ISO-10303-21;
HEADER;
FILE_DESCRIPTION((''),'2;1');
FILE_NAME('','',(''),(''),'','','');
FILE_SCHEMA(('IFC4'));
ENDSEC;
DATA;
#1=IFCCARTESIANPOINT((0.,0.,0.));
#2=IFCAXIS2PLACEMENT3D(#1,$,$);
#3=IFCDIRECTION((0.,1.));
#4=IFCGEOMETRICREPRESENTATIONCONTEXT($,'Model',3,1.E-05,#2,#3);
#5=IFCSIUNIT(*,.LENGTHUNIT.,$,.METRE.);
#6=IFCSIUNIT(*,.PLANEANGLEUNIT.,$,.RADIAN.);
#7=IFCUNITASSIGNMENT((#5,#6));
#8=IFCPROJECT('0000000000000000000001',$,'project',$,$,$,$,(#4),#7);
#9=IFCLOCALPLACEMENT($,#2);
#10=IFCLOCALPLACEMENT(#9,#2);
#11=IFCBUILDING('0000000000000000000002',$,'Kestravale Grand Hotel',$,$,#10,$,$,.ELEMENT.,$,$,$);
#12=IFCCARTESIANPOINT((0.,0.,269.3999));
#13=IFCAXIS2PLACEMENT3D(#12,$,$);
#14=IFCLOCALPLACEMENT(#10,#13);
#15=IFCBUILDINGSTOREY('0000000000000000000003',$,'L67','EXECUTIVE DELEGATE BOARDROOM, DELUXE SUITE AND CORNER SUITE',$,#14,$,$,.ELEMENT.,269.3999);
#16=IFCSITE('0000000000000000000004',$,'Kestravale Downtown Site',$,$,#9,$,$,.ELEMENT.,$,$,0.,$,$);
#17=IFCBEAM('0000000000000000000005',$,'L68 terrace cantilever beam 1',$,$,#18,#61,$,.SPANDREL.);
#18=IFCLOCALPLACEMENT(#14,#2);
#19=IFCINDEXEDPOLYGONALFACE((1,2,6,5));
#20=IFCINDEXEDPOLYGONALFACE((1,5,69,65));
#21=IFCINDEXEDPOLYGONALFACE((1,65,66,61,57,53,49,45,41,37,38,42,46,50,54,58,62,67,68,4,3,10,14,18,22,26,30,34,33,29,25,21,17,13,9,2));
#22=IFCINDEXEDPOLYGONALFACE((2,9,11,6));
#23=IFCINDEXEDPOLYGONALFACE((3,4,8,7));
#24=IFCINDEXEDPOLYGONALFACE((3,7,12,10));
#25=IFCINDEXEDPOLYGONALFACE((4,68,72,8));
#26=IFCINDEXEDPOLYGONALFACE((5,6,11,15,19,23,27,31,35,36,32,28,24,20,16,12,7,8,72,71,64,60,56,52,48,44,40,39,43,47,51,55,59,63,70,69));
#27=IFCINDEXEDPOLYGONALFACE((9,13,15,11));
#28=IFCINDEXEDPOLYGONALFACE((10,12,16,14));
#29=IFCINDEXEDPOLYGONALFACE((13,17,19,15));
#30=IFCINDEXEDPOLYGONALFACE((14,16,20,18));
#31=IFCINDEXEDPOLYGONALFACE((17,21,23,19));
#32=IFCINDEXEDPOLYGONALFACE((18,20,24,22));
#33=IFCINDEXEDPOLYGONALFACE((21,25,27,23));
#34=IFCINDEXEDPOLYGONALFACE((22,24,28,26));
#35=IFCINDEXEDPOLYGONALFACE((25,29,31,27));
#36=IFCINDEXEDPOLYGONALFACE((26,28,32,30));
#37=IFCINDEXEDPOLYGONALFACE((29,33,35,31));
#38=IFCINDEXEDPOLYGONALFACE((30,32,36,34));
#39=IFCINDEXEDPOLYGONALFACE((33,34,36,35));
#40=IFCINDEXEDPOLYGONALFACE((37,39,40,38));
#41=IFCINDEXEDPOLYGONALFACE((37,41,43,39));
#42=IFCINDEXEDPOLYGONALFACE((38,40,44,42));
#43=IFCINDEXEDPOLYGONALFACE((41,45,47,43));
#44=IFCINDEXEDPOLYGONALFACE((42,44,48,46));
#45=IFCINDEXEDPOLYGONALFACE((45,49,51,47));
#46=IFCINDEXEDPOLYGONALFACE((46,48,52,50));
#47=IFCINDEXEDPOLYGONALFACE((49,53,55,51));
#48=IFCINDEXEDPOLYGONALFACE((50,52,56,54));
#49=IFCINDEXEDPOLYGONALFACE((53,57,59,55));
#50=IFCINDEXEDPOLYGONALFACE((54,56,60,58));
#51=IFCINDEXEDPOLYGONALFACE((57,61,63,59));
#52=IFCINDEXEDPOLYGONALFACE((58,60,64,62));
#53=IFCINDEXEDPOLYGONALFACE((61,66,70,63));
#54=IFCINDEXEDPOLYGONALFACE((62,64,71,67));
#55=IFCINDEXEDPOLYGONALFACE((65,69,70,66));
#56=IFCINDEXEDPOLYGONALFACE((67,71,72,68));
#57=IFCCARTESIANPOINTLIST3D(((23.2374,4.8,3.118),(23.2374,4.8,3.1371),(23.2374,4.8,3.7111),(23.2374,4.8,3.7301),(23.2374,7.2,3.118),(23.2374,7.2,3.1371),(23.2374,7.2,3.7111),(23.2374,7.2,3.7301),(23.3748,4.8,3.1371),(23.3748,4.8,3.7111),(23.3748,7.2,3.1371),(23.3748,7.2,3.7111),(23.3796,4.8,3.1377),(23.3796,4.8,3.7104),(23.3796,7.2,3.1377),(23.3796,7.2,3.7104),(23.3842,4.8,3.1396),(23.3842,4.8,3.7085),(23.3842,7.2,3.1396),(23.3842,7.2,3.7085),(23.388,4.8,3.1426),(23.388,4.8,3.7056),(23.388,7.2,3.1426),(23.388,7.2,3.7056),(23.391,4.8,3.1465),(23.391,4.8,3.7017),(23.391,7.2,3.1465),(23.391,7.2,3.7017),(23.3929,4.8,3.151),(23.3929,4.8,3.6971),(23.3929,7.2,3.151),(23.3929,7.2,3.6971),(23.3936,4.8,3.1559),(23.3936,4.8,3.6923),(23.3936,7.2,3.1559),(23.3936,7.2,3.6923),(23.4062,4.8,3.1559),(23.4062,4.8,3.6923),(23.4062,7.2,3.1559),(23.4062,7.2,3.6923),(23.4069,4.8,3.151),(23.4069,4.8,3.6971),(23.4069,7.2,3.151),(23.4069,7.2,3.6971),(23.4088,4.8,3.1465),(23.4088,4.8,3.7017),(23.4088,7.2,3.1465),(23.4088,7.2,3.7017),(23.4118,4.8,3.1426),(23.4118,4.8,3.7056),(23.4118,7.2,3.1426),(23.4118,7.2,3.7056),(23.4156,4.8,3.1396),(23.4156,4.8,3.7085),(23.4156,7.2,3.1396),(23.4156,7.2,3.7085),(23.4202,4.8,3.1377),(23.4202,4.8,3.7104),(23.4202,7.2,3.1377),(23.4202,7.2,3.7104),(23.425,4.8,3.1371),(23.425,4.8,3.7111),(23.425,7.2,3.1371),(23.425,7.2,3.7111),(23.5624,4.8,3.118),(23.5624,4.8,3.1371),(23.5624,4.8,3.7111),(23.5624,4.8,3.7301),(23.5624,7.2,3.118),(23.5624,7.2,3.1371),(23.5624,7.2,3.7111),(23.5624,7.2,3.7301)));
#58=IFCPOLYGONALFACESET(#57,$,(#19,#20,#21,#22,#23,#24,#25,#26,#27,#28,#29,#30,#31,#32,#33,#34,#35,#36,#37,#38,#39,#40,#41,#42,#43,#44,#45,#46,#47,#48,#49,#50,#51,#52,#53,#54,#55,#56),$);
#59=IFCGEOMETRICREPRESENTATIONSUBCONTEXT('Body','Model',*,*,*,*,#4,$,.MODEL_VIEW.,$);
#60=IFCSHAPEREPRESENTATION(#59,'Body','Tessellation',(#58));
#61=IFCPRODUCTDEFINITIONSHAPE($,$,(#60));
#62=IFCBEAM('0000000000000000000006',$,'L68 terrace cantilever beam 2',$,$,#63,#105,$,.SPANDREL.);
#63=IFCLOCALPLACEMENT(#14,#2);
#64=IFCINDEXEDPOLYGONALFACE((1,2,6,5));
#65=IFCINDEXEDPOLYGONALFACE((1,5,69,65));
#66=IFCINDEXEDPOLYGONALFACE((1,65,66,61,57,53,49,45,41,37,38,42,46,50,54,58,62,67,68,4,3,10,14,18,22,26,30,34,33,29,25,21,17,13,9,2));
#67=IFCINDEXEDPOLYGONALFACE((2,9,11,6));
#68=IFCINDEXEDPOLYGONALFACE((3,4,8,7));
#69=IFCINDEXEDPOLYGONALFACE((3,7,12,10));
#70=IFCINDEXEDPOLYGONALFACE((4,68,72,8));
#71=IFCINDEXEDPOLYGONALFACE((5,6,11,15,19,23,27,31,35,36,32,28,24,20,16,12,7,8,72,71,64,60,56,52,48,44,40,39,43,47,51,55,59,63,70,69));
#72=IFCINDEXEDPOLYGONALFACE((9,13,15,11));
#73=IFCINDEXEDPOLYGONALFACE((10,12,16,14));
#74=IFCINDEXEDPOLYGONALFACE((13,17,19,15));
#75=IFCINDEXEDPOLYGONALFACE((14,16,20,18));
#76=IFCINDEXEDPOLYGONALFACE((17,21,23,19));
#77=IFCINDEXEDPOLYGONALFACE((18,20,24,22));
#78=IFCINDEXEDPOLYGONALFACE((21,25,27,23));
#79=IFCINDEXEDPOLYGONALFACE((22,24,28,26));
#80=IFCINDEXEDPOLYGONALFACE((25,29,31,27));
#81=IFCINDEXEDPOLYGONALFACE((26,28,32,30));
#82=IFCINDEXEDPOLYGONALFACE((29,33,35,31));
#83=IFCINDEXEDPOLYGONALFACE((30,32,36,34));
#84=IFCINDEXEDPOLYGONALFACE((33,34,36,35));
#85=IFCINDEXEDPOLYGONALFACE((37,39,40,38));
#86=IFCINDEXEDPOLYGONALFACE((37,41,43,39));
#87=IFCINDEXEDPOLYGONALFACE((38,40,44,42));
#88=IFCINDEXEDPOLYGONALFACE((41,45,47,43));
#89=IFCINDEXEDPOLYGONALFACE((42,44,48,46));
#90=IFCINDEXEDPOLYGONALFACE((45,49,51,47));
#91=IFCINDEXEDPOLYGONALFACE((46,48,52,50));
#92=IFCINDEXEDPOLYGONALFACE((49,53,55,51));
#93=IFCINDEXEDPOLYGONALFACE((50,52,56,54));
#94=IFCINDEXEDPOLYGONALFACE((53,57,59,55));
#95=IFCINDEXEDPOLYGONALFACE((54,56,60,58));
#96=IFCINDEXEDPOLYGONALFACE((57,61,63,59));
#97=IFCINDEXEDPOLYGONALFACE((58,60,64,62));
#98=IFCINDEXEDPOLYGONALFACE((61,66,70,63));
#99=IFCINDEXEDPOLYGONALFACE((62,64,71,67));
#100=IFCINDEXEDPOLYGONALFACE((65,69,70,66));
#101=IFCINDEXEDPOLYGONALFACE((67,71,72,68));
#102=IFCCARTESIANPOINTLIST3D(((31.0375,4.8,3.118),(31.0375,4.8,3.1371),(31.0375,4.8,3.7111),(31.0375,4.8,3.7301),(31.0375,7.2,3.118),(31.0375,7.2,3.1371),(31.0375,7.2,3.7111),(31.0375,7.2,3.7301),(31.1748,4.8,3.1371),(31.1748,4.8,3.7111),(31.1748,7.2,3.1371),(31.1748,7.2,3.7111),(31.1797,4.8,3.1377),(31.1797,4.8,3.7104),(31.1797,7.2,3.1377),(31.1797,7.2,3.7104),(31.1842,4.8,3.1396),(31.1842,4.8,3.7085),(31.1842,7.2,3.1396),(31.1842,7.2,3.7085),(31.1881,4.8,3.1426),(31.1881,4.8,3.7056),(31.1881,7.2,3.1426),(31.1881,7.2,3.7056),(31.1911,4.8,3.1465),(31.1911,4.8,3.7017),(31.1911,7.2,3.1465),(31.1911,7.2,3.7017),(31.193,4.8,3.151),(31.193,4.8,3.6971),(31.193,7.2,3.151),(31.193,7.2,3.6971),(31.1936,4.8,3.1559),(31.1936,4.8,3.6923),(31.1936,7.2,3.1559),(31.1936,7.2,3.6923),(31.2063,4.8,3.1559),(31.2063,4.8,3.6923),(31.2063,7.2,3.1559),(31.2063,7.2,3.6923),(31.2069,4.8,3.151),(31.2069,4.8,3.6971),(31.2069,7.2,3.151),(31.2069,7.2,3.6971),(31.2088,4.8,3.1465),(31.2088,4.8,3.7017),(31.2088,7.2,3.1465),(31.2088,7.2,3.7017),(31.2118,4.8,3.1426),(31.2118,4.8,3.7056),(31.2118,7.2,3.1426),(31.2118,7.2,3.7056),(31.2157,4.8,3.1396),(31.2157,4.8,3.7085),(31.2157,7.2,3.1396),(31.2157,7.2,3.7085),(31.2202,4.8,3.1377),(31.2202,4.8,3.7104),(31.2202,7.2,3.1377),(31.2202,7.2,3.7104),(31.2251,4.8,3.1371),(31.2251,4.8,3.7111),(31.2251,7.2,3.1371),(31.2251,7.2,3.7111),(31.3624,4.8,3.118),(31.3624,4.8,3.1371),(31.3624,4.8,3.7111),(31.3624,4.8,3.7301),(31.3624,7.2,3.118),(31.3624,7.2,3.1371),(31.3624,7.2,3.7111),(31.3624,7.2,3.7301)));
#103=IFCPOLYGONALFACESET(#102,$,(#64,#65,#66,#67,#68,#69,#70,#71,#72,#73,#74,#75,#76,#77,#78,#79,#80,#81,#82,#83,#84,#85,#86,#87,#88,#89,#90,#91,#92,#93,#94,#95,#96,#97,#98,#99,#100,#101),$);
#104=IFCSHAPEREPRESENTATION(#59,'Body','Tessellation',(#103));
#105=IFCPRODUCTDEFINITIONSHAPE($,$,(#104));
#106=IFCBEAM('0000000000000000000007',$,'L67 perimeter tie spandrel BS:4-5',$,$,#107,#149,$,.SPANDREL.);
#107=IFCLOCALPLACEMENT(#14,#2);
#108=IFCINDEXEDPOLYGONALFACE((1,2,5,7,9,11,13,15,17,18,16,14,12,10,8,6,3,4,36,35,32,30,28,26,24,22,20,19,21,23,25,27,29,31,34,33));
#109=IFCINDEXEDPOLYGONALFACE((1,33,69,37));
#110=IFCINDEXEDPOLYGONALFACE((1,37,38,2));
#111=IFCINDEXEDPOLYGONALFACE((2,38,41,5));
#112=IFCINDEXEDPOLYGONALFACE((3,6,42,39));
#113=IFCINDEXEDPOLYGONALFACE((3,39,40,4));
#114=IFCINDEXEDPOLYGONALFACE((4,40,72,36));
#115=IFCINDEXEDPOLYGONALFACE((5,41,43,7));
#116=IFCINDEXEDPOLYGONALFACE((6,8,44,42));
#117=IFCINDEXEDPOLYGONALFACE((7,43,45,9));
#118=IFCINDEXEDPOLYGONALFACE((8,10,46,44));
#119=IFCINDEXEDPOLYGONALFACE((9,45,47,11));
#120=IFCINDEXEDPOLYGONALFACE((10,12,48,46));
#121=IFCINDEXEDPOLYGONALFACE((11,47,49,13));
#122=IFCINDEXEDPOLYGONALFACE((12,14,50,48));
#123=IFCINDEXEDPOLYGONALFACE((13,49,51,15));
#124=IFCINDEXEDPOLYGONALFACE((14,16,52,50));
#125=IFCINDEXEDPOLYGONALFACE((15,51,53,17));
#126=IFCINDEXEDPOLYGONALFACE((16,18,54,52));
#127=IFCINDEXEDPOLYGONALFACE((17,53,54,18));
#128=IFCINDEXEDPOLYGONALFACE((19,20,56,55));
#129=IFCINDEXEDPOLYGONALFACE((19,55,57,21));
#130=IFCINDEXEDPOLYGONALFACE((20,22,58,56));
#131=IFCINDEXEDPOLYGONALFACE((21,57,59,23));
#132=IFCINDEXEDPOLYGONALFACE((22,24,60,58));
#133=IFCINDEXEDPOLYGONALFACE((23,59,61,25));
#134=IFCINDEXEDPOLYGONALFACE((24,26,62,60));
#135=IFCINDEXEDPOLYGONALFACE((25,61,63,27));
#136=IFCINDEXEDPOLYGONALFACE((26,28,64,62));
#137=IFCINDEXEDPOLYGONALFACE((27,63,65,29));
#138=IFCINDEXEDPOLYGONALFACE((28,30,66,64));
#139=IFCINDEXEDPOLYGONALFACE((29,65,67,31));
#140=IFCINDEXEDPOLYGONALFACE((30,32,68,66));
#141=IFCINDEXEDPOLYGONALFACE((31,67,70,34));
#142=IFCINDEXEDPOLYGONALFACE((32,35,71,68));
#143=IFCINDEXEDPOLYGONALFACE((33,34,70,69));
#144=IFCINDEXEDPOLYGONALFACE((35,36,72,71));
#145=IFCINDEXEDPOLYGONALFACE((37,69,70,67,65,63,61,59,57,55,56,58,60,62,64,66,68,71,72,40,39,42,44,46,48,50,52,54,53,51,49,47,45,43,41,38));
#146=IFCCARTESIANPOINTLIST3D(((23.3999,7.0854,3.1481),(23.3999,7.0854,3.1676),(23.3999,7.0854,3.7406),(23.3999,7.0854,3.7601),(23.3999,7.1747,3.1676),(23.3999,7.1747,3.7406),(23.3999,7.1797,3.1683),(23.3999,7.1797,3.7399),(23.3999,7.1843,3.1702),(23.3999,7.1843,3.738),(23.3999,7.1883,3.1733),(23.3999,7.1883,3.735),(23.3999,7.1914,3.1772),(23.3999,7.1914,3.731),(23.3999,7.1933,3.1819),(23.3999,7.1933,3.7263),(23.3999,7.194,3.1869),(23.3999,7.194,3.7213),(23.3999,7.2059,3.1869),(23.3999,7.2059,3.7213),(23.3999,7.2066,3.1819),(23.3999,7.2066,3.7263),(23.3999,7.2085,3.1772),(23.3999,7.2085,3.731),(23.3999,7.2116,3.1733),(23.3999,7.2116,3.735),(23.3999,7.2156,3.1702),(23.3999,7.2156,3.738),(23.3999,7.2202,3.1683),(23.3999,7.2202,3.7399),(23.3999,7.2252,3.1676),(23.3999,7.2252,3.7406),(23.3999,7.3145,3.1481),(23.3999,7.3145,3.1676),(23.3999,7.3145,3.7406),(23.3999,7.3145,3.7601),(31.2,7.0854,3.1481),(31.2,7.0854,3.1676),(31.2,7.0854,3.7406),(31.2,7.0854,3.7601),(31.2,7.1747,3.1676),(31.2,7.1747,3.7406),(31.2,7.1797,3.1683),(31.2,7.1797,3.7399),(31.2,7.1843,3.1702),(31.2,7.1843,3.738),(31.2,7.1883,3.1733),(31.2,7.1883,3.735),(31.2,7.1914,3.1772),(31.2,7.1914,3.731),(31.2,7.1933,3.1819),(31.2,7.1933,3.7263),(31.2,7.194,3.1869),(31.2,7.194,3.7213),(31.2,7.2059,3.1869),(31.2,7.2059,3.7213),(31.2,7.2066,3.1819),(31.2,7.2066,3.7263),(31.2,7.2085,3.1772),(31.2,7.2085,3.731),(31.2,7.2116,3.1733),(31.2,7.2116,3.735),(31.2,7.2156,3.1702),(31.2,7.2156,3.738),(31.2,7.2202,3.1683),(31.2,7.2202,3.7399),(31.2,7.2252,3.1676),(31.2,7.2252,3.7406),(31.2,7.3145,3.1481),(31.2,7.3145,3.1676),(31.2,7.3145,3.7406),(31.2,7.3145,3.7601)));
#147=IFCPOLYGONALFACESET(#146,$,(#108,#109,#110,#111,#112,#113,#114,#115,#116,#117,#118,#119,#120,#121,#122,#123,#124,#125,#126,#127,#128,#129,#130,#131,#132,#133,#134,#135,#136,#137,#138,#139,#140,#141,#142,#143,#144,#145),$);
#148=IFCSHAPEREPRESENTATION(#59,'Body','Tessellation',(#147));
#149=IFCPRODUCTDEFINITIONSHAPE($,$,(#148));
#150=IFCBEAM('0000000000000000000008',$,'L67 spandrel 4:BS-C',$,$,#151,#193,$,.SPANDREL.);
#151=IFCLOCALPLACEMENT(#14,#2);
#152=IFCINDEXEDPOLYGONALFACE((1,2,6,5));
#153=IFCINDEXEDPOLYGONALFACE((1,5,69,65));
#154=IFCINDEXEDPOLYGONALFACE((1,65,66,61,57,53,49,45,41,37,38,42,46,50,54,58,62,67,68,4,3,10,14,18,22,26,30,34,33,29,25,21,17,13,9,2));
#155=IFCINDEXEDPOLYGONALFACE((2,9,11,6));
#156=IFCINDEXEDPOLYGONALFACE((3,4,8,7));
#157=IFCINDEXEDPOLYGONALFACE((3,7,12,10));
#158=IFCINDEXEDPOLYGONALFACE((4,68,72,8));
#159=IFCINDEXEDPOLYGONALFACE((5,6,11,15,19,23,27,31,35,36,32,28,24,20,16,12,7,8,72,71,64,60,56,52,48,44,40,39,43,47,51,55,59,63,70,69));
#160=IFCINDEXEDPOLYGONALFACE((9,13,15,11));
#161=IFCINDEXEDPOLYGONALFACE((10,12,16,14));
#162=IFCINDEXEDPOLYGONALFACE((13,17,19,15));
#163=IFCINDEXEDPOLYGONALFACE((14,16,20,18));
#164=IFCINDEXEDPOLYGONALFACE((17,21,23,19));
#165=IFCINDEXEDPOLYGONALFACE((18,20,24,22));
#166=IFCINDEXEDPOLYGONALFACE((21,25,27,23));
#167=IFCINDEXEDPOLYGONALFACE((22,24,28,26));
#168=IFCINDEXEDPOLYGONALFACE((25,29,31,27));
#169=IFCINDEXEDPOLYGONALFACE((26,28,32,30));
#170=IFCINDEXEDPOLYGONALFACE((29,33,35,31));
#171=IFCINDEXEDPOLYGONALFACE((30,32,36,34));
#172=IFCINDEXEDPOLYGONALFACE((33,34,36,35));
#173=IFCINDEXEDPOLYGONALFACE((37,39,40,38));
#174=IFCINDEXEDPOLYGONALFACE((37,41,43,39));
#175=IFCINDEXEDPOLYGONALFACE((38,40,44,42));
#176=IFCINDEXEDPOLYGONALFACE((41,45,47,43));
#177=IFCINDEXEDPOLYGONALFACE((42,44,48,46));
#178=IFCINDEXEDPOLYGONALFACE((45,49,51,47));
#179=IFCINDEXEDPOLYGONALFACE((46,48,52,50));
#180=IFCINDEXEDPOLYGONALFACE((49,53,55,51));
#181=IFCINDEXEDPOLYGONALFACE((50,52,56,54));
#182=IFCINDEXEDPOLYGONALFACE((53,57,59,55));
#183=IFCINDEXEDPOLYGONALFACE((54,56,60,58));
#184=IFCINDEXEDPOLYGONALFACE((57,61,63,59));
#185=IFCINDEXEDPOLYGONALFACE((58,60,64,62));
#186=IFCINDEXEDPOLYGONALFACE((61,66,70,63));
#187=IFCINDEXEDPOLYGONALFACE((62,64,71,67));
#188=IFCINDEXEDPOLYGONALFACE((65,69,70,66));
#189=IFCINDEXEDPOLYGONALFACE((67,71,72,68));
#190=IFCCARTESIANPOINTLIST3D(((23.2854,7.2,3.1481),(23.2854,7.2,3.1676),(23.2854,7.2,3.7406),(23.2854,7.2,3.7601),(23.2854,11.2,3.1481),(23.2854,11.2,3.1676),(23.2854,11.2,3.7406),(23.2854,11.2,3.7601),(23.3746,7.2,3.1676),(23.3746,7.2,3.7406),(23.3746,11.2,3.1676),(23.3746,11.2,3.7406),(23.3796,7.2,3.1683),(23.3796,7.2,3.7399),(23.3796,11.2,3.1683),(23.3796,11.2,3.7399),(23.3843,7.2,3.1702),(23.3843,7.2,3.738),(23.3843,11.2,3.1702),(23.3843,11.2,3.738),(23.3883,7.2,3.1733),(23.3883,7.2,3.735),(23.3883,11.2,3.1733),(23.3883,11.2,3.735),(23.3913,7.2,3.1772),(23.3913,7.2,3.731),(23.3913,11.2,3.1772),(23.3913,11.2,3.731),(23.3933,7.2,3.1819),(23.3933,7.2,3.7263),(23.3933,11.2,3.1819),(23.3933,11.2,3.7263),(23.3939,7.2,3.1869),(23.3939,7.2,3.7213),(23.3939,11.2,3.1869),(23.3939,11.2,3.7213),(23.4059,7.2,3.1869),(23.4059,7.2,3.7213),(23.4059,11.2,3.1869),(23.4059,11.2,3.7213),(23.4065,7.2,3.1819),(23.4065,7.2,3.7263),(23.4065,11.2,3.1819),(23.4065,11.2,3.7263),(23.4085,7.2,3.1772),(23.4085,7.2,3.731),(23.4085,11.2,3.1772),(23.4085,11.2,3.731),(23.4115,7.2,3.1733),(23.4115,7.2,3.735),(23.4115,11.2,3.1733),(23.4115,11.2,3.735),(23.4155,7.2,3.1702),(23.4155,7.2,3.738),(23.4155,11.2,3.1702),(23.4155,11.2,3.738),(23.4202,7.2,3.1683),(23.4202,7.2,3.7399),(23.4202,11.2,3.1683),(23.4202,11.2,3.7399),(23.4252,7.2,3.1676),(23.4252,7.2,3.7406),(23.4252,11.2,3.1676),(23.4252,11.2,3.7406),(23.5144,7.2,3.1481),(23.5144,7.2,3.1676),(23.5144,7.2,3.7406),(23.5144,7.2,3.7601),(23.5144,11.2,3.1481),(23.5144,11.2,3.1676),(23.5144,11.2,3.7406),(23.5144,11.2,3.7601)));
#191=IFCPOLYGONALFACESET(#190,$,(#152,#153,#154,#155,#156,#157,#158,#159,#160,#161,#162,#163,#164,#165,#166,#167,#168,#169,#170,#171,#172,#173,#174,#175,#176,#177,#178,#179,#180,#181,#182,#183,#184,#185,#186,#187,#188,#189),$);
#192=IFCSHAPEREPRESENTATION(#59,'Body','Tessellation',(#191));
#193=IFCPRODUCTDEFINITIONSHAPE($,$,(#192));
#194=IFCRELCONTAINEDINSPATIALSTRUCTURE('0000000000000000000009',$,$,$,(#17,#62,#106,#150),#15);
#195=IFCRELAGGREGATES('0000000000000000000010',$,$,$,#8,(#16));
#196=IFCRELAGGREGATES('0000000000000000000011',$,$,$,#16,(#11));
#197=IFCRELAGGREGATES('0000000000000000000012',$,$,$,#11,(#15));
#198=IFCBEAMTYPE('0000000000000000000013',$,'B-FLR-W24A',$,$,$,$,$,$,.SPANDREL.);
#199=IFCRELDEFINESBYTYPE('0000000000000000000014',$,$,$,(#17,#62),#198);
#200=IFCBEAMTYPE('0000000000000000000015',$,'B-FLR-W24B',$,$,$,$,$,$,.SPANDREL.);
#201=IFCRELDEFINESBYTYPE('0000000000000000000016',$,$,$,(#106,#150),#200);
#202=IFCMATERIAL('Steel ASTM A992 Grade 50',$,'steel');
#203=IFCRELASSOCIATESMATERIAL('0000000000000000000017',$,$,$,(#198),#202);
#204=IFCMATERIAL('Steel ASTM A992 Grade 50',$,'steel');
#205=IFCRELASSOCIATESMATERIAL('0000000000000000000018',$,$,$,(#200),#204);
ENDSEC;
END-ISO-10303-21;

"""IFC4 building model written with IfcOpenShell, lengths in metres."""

from ifc_helpers import new_model, si_unit, direction, frame, origin, origin_2d, place, context, subcontext, project, spatial, i_section, extrude, material, material_profile, profile_set, type_object, element, save


model = new_model("IFC4")

# Units and contexts
model_context = context("Model", 3, precision=1e-05, world=origin(), true_north=direction((0.0, 1.0)))
body_context = subcontext(model_context, "Body", "Model", "MODEL_VIEW")
ifc_project = project(units=[si_unit("LENGTHUNIT", "METRE"), si_unit("PLANEANGLEUNIT", "RADIAN")], contexts=[model_context])

# Site, building, storey
site_placement = place(None, origin())
site = spatial("IfcSite", under=ifc_project, at=site_placement, Name="Kestravale Downtown Site", CompositionType="ELEMENT", RefElevation=0.0)
building_placement = place(site_placement, origin())
building = spatial("IfcBuilding", under=site, at=building_placement, Name="Kestravale Grand Hotel", CompositionType="ELEMENT")
storey_placement = place(building_placement, frame((0.0, 0.0, 269.3999)))
storey = spatial("IfcBuildingStorey", under=building, at=storey_placement, Name="L67", Description="EXECUTIVE DELEGATE BOARDROOM, DELUXE SUITE AND CORNER SUITE", CompositionType="ELEMENT", Elevation=269.3999)

# Beams
ifc_material_1 = material(Name="Steel ASTM A992 Grade 50", Category="steel")
ifc_material_profile_1 = material_profile(ifc_material_1, i_section(OverallWidth=0.325, OverallDepth=0.6121, WebThickness=0.0127, FlangeThickness=0.019, FilletRadius=0.0188, at=origin_2d()))
ifc_profile_set_1 = profile_set([ifc_material_profile_1], Name="Steel ASTM A992 Grade 50")
beam_type_1 = type_object("IfcBeamType", Name="B-FLR-W24A", PredefinedType="SPANDREL", material=ifc_profile_set_1)
for number, where, z_axis, x_axis, name in (
    (1, (23.3999, 7.2, 3.4241), (0.0, -1.0, 0.0), (1.0, 0.0, 0.0), "L68 terrace cantilever beam 1"),
    (2, (31.2, 7.2, 3.4241), (0.0, -1.0, 0.0), (1.0, 0.0, 0.0), "L68 terrace cantilever beam 2"),
):
    element("IfcBeam", number, at=place(storey_placement, frame(where, z_axis=z_axis, x_axis=x_axis)), inside=storey, type_object=beam_type_1, Name=name, PredefinedType="SPANDREL", context=body_context, shape_type="SweptSolid", body=[
        extrude(i_section(OverallWidth=0.325, OverallDepth=0.6121, WebThickness=0.0127, FlangeThickness=0.019, FilletRadius=0.0188, at=origin_2d()), origin(), (0.0, 0.0, 1.0), 2.3999),
    ])
ifc_material_2 = material(Name="Steel ASTM A992 Grade 50", Category="steel")
ifc_material_profile_2 = material_profile(ifc_material_2, i_section(OverallWidth=0.229, OverallDepth=0.6121, WebThickness=0.012, FlangeThickness=0.0195, FilletRadius=0.0193, at=origin_2d()))
ifc_profile_set_2 = profile_set([ifc_material_profile_2], Name="Steel ASTM A992 Grade 50")
beam_type_2 = type_object("IfcBeamType", Name="B-FLR-W24B", PredefinedType="SPANDREL", material=ifc_profile_set_2)
beam_1_placement = place(storey_placement, frame((23.3999, 7.2, 3.4541), z_axis=(1.0, 0.0, 0.0), x_axis=(0.0, 1.0, 0.0)))
element("IfcBeam", 3, at=beam_1_placement, inside=storey, type_object=beam_type_2, Name="L67 perimeter tie spandrel BS:4-5", PredefinedType="SPANDREL", context=body_context, shape_type="SweptSolid", body=[
    extrude(i_section(OverallWidth=0.229, OverallDepth=0.6121, WebThickness=0.012, FlangeThickness=0.0195, FilletRadius=0.0193, at=origin_2d()), origin(), (0.0, 0.0, 1.0), 7.8),
])
for number, where, z_axis, x_axis, name in (
    (4, (23.3999, 7.2, 3.4541), (0.0, 1.0, 0.0), (-1.0, 0.0, 0.0), "L67 spandrel 4:BS-C"),
):
    element("IfcBeam", number, at=place(storey_placement, frame(where, z_axis=z_axis, x_axis=x_axis)), inside=storey, type_object=beam_type_2, Name=name, PredefinedType="SPANDREL", context=body_context, shape_type="SweptSolid", body=[
        extrude(i_section(OverallWidth=0.229, OverallDepth=0.6121, WebThickness=0.012, FlangeThickness=0.0195, FilletRadius=0.0193, at=origin_2d()), origin(), (0.0, 0.0, 1.0), 4.0),
    ])

save(model, "model.ifc")
